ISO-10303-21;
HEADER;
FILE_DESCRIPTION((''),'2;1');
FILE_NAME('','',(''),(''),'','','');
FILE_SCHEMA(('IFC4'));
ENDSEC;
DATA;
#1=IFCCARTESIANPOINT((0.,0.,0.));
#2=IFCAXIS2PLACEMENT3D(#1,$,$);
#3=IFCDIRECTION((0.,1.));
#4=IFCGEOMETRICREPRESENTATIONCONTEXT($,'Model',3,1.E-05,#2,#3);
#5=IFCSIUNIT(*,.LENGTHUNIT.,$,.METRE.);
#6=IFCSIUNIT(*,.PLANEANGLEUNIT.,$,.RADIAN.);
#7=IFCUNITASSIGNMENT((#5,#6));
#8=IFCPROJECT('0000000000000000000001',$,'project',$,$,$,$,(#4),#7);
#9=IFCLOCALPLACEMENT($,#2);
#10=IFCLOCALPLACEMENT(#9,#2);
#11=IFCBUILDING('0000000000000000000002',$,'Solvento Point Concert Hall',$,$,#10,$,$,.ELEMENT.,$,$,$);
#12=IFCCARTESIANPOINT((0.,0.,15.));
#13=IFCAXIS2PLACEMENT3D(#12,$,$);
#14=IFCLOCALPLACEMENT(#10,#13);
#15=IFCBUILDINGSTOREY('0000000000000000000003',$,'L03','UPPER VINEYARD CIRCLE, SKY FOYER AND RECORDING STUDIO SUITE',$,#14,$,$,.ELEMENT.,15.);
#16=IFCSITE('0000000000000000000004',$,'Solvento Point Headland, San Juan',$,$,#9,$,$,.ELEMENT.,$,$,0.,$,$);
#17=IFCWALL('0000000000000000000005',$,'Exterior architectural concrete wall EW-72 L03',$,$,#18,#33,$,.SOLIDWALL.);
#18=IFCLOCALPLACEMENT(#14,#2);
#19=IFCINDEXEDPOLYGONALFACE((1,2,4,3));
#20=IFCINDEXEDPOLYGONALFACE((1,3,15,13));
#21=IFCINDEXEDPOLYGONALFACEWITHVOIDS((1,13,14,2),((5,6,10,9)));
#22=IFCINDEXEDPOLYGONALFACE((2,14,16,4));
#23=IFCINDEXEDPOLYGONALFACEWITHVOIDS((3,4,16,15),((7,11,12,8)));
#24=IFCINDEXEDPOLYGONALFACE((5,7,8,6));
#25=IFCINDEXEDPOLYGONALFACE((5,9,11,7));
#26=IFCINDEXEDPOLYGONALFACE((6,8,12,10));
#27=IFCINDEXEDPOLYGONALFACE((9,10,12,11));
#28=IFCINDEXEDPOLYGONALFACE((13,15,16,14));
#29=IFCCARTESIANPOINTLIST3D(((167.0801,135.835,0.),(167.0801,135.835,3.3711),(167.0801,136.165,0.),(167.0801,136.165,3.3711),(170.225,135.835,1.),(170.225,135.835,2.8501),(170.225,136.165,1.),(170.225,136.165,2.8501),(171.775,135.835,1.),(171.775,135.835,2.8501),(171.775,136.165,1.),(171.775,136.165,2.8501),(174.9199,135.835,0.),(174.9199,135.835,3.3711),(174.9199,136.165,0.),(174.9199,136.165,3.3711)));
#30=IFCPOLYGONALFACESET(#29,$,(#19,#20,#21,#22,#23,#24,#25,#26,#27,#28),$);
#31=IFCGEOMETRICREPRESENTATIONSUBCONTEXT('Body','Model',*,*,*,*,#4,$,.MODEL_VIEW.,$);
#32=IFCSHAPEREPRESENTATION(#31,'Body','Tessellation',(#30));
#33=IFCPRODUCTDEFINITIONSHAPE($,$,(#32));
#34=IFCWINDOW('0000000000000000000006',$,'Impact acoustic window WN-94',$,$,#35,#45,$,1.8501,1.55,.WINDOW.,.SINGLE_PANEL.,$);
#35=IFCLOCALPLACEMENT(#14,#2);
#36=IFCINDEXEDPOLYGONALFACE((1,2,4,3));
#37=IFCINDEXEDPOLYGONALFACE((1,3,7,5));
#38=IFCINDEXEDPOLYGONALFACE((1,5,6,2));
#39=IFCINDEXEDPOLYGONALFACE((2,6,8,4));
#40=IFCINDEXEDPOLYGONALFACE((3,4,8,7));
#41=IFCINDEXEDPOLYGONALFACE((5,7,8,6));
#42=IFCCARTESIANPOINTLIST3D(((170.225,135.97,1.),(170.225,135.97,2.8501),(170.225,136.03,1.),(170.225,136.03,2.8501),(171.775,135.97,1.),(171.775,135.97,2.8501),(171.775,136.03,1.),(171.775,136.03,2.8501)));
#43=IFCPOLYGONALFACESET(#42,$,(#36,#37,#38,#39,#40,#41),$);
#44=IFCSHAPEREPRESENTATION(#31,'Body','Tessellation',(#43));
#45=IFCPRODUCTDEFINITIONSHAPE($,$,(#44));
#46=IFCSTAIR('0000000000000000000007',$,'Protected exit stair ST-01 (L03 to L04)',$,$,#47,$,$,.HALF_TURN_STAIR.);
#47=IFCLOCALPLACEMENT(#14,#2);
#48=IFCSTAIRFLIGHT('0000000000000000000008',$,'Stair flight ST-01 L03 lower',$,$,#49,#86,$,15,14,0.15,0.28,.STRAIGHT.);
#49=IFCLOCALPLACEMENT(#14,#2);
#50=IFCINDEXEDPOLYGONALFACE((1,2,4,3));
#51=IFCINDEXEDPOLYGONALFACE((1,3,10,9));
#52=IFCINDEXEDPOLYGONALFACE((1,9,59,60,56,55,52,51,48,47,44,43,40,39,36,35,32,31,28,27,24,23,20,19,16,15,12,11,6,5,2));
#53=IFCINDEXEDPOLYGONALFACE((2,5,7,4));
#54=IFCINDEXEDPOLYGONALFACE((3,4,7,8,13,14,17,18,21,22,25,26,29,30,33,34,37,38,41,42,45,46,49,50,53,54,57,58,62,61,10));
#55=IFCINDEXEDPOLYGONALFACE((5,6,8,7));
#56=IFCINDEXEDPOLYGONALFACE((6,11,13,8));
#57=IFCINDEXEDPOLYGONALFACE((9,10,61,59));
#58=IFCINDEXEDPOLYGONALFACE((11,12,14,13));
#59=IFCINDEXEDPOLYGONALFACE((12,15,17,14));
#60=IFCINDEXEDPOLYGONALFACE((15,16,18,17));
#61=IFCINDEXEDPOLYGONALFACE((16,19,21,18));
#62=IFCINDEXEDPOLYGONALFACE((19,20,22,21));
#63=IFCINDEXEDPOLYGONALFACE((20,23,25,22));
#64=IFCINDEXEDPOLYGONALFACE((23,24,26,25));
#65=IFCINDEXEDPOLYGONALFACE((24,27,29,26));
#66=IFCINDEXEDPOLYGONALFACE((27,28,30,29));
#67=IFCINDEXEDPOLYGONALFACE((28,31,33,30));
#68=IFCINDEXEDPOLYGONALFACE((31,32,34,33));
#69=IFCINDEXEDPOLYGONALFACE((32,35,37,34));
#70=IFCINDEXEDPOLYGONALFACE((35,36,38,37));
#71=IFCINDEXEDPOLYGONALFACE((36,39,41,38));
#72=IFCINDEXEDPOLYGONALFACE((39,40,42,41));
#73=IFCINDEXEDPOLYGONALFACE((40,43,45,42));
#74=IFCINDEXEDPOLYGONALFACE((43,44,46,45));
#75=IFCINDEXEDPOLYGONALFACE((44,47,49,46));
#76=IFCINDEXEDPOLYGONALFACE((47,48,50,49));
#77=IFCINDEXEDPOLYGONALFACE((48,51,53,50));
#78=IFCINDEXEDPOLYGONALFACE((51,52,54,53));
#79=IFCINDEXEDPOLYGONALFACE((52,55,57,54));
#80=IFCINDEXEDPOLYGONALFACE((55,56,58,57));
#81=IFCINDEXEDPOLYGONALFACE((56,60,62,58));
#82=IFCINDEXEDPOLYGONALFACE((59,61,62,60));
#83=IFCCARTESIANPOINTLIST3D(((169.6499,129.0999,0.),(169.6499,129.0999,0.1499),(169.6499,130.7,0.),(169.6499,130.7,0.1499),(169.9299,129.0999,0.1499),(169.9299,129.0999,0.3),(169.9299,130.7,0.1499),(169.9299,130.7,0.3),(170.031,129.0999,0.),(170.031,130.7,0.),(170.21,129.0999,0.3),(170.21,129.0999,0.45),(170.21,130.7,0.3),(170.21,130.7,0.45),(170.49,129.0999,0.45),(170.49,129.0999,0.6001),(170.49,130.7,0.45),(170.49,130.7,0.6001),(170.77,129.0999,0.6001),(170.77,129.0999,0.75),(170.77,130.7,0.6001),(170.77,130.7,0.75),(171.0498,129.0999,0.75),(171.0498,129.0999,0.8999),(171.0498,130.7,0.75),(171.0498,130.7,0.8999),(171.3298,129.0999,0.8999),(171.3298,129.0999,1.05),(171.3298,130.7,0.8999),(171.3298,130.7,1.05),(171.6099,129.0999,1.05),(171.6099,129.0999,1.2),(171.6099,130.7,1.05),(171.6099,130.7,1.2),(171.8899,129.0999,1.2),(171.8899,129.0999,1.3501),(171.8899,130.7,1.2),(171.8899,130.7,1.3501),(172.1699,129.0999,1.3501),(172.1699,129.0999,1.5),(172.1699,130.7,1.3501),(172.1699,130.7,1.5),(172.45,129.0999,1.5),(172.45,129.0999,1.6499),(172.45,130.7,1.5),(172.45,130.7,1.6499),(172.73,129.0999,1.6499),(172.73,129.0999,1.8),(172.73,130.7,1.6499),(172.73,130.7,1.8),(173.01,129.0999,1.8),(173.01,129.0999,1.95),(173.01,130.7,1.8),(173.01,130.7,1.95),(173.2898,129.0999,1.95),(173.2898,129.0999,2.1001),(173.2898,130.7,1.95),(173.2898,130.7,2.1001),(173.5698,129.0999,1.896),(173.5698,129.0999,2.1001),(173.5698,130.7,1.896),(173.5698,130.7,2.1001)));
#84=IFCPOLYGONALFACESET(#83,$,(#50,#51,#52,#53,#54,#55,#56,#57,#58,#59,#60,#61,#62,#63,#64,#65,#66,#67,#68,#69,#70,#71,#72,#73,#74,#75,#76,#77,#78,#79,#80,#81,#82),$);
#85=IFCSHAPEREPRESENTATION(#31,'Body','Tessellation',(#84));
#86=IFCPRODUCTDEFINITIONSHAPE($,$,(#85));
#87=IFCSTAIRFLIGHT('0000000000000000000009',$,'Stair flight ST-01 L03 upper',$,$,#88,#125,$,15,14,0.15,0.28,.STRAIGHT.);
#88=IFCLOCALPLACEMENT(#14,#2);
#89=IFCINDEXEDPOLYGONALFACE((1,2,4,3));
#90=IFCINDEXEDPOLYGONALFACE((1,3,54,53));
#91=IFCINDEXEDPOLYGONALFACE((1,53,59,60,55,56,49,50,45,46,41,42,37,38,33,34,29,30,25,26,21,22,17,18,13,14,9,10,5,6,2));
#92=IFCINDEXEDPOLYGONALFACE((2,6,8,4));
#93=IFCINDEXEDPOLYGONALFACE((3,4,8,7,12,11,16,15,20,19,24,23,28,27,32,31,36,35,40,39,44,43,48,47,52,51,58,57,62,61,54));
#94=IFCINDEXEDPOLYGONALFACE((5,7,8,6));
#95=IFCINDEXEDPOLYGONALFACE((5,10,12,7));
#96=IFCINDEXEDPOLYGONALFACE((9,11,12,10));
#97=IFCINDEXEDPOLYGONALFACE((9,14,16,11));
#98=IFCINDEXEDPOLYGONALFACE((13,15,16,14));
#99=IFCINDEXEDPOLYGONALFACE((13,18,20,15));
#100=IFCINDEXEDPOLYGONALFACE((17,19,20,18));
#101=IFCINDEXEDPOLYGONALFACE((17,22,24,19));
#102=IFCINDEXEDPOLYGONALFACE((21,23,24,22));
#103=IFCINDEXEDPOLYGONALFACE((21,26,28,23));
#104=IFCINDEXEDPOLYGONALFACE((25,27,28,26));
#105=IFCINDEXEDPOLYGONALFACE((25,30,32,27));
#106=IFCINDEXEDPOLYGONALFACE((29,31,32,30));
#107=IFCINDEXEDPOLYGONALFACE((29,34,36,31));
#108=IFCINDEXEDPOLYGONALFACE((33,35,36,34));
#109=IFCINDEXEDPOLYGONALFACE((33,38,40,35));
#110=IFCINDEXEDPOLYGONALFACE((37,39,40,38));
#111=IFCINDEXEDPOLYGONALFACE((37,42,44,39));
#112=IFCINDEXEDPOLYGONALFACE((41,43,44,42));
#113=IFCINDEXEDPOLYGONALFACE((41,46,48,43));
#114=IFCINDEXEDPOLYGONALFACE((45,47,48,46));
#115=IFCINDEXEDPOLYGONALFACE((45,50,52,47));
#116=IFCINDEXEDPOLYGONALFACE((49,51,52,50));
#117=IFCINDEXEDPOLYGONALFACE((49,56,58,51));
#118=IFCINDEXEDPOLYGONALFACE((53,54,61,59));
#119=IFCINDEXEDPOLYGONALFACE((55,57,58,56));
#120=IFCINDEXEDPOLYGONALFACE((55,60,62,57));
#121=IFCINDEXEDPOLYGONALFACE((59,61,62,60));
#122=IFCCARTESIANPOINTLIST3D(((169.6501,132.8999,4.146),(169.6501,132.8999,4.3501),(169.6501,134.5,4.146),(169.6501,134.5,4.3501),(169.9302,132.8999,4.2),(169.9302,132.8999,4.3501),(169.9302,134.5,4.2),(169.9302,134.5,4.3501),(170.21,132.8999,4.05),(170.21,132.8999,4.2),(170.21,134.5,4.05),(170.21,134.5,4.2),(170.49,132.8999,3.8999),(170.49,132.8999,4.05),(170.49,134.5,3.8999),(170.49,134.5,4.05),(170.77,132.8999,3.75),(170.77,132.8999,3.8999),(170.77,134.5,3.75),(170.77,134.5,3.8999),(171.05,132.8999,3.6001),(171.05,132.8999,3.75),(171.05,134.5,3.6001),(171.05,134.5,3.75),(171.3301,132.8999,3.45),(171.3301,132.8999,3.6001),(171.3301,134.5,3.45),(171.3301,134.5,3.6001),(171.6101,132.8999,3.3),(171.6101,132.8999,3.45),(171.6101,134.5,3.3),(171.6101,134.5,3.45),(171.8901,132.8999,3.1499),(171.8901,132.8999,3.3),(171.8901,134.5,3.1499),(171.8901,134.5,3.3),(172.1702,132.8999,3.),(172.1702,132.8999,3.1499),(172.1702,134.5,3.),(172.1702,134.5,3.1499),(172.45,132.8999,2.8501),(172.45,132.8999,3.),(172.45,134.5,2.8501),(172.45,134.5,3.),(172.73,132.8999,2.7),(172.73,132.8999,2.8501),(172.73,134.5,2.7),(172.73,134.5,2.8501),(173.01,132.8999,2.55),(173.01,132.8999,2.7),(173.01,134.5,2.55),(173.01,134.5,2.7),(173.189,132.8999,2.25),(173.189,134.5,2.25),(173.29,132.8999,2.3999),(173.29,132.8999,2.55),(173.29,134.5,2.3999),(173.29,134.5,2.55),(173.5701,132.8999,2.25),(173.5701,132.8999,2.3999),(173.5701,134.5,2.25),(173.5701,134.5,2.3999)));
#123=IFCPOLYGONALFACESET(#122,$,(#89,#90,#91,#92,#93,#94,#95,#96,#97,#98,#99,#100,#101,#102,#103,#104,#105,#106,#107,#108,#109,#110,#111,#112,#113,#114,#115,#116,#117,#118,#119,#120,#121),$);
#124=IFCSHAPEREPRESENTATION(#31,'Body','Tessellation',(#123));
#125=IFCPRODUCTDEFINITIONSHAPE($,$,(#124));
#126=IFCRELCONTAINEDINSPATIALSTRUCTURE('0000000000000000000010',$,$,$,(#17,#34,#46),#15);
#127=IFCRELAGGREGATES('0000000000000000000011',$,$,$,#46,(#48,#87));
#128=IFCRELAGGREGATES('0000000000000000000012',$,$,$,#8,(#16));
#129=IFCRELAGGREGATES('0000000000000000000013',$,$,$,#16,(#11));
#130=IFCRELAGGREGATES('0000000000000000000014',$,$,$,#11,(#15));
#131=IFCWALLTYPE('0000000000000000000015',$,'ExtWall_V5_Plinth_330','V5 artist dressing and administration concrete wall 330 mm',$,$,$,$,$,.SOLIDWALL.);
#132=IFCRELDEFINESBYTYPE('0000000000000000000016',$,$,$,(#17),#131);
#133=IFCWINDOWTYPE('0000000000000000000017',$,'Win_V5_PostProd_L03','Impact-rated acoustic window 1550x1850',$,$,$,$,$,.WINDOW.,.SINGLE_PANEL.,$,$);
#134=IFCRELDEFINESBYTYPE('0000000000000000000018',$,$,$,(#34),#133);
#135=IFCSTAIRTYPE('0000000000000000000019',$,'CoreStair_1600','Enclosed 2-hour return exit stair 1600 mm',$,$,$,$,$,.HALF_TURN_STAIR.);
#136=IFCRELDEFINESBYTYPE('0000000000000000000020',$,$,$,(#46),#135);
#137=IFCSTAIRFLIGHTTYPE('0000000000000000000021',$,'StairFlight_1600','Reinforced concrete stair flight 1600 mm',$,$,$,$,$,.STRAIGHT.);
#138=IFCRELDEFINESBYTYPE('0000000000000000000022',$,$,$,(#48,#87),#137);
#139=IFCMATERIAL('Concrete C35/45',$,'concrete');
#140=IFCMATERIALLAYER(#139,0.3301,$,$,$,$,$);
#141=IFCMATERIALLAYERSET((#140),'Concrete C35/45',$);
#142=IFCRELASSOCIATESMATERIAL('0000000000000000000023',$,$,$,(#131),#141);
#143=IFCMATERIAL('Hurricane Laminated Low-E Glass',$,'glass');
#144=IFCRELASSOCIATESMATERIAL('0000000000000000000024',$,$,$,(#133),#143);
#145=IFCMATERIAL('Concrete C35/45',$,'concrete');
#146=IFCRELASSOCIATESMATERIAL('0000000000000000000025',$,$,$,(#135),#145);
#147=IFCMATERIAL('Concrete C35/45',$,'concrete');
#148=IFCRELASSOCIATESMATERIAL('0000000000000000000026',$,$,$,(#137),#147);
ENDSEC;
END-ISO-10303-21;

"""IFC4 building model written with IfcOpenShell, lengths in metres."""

from ifc_helpers import new_model, si_unit, direction, frame, frame_2d, origin, place, context, subcontext, project, spatial, polyline, rectangle, outline, extrude, material, layer, layer_set, type_object, element, fill, aggregate, save


model = new_model("IFC4")

# Units and contexts
model_context = context("Model", 3, precision=1e-05, world=origin(), true_north=direction((0.0, 1.0)))
body_context = subcontext(model_context, "Body", "Model", "MODEL_VIEW")
ifc_project = project(units=[si_unit("LENGTHUNIT", "METRE"), si_unit("PLANEANGLEUNIT", "RADIAN")], contexts=[model_context])

# Site, building, storey
site_placement = place(None, origin())
site = spatial("IfcSite", under=ifc_project, at=site_placement, Name="Solvento Point Headland, San Juan", CompositionType="ELEMENT", RefElevation=0.0)
building_placement = place(site_placement, origin())
building = spatial("IfcBuilding", under=site, at=building_placement, Name="Solvento Point Concert Hall", CompositionType="ELEMENT")
storey_placement = place(building_placement, frame((0.0, 0.0, 15.0)))
storey = spatial("IfcBuildingStorey", under=building, at=storey_placement, Name="L03", Description="UPPER VINEYARD CIRCLE, SKY FOYER AND RECORDING STUDIO SUITE", CompositionType="ELEMENT", Elevation=15.0)

# Wall, opening, window
ifc_material_1 = material(Name="Concrete C35/45", Category="concrete")
ifc_layer_1 = layer(ifc_material_1, 0.3301)
ifc_layer_set_1 = layer_set([ifc_layer_1], Name="Concrete C35/45")
wall_type_1 = type_object("IfcWallType", Name="ExtWall_V5_Plinth_330", Description="V5 artist dressing and administration concrete wall 330 mm", PredefinedType="SOLIDWALL", material=ifc_layer_set_1)
ifc_material_2 = material(Name="Hurricane Laminated Low-E Glass", Category="glass")
window_type = type_object("IfcWindowType", Name="Win_V5_PostProd_L03", Description="Impact-rated acoustic window 1550x1850", PartitioningType="SINGLE_PANEL", PredefinedType="WINDOW", material=ifc_material_2)
wall_1_placement = place(storey_placement, frame((167.0801, 136.0, 0.0), z_axis=(0.0, 0.0, 1.0), x_axis=(1.0, 0.0, 0.0)))
wall_1 = element("IfcWall", 1, at=wall_1_placement, inside=storey, type_object=wall_type_1, Name="Exterior architectural concrete wall EW-72 L03", PredefinedType="SOLIDWALL", context=body_context, shape_type="SweptSolid", body=[
    extrude(rectangle(XDim=7.8398, YDim=0.3301, at=frame_2d((3.9199, 0.0))), origin(), (0.0, 0.0, 1.0), 3.3711),
])
opening_1_placement = place(wall_1_placement, frame((3.145, 0.0, 1.0)))
opening_1 = element("IfcOpeningElement", 2, at=opening_1_placement, cuts=wall_1, PredefinedType="OPENING", context=body_context, shape_type="SweptSolid", body=[
    extrude(rectangle(XDim=1.55, YDim=1.8501, at=frame_2d((0.7749, 0.925))), frame((0.0, 0.175, 0.0), z_axis=(0.0, -1.0, 0.0), x_axis=(1.0, 0.0, 0.0)), (0.0, 0.0, 1.0), 0.3501),
])
window_1_placement = place(opening_1_placement, origin())
window_1 = element("IfcWindow", 3, at=window_1_placement, inside=storey, type_object=window_type, Name="Impact acoustic window WN-94", OverallHeight=1.8501, OverallWidth=1.55, PartitioningType="SINGLE_PANEL", PredefinedType="WINDOW", context=body_context, shape_type="SweptSolid", body=[
    extrude(rectangle(XDim=1.55, YDim=1.8501, at=frame_2d((0.7749, 0.925))), frame((0.0, 0.03, 0.0), z_axis=(0.0, -1.0, 0.0), x_axis=(1.0, 0.0, 0.0)), (0.0, 0.0, 1.0), 0.0601),
])
fill(opening_1, window_1)

# Stair, stair flights
ifc_material_3 = material(Name="Concrete C35/45", Category="concrete")
stair_type = type_object("IfcStairType", Name="CoreStair_1600", Description="Enclosed 2-hour return exit stair 1600 mm", PredefinedType="HALF_TURN_STAIR", material=ifc_material_3)
stair_placement = place(storey_placement, origin())
stair = element("IfcStair", 4, at=stair_placement, inside=storey, type_object=stair_type, Name="Protected exit stair ST-01 (L03 to L04)", PredefinedType="HALF_TURN_STAIR")
ifc_material_4 = material(Name="Concrete C35/45", Category="concrete")
stair_flight_type = type_object("IfcStairFlightType", Name="StairFlight_1600", Description="Reinforced concrete stair flight 1600 mm", PredefinedType="STRAIGHT", material=ifc_material_4)
stair_flight_1_placement = place(storey_placement, frame((169.6499, 129.8999, 0.0), z_axis=(0.0, 0.0, 1.0), x_axis=(1.0, 0.0, 0.0)))
stair_flight_1 = element("IfcStairFlight", 5, at=stair_flight_1_placement, type_object=stair_flight_type, Name="Stair flight ST-01 L03 lower", NumberOfRisers=15, NumberOfTreads=14, PredefinedType="STRAIGHT", RiserHeight=0.15, TreadLength=0.28, context=body_context, shape_type="SweptSolid", body=[
    extrude(outline(polyline([(0.0, 0.0), (0.0, 0.1499), (0.28, 0.1499), (0.28, 0.3), (0.5601, 0.3), (0.5601, 0.45), (0.8401, 0.45), (0.8401, 0.6001), (1.1201, 0.6001), (1.1201, 0.75), (1.3999, 0.75), (1.3999, 0.8999), (1.6799, 0.8999), (1.6799, 1.05), (1.96, 1.05), (1.96, 1.2), (2.24, 1.2), (2.24, 1.3501), (2.52, 1.3501), (2.52, 1.5), (2.8, 1.5), (2.8, 1.6499), (3.0801, 1.6499), (3.0801, 1.8), (3.3601, 1.8), (3.3601, 1.95), (3.6399, 1.95), (3.6399, 2.1001), (3.9199, 2.1001), (3.9199, 2.25), (3.9199, 1.896), (0.3811, 0.0), (0.0, 0.0)])), frame((0.0, 0.8, 0.0), z_axis=(0.0, -1.0, 0.0), x_axis=(1.0, 0.0, 0.0)), (0.0, 0.0, 1.0), 1.6001),
])
stair_flight_2_placement = place(storey_placement, frame((173.5701, 133.7, 2.25), z_axis=(0.0, 0.0, 1.0), x_axis=(-1.0, 0.0, 0.0)))
stair_flight_2 = element("IfcStairFlight", 6, at=stair_flight_2_placement, type_object=stair_flight_type, Name="Stair flight ST-01 L03 upper", NumberOfRisers=15, NumberOfTreads=14, PredefinedType="STRAIGHT", RiserHeight=0.15, TreadLength=0.28, context=body_context, shape_type="SweptSolid", body=[
    extrude(outline(polyline([(0.0, 0.0), (0.0, 0.1499), (0.28, 0.1499), (0.28, 0.3), (0.5601, 0.3), (0.5601, 0.45), (0.8401, 0.45), (0.8401, 0.6001), (1.1201, 0.6001), (1.1201, 0.75), (1.3999, 0.75), (1.3999, 0.8999), (1.6799, 0.8999), (1.6799, 1.05), (1.96, 1.05), (1.96, 1.2), (2.24, 1.2), (2.24, 1.3501), (2.52, 1.3501), (2.52, 1.5), (2.8, 1.5), (2.8, 1.6499), (3.0801, 1.6499), (3.0801, 1.8), (3.3601, 1.8), (3.3601, 1.95), (3.6399, 1.95), (3.6399, 2.1001), (3.9199, 2.1001), (3.9199, 2.25), (3.9199, 1.896), (0.3811, 0.0), (0.0, 0.0)])), frame((0.0, 0.8, 0.0), z_axis=(0.0, -1.0, 0.0), x_axis=(1.0, 0.0, 0.0)), (0.0, 0.0, 1.0), 1.6001),
])
aggregate(stair, [stair_flight_1, stair_flight_2])

save(model, "model.ifc")
